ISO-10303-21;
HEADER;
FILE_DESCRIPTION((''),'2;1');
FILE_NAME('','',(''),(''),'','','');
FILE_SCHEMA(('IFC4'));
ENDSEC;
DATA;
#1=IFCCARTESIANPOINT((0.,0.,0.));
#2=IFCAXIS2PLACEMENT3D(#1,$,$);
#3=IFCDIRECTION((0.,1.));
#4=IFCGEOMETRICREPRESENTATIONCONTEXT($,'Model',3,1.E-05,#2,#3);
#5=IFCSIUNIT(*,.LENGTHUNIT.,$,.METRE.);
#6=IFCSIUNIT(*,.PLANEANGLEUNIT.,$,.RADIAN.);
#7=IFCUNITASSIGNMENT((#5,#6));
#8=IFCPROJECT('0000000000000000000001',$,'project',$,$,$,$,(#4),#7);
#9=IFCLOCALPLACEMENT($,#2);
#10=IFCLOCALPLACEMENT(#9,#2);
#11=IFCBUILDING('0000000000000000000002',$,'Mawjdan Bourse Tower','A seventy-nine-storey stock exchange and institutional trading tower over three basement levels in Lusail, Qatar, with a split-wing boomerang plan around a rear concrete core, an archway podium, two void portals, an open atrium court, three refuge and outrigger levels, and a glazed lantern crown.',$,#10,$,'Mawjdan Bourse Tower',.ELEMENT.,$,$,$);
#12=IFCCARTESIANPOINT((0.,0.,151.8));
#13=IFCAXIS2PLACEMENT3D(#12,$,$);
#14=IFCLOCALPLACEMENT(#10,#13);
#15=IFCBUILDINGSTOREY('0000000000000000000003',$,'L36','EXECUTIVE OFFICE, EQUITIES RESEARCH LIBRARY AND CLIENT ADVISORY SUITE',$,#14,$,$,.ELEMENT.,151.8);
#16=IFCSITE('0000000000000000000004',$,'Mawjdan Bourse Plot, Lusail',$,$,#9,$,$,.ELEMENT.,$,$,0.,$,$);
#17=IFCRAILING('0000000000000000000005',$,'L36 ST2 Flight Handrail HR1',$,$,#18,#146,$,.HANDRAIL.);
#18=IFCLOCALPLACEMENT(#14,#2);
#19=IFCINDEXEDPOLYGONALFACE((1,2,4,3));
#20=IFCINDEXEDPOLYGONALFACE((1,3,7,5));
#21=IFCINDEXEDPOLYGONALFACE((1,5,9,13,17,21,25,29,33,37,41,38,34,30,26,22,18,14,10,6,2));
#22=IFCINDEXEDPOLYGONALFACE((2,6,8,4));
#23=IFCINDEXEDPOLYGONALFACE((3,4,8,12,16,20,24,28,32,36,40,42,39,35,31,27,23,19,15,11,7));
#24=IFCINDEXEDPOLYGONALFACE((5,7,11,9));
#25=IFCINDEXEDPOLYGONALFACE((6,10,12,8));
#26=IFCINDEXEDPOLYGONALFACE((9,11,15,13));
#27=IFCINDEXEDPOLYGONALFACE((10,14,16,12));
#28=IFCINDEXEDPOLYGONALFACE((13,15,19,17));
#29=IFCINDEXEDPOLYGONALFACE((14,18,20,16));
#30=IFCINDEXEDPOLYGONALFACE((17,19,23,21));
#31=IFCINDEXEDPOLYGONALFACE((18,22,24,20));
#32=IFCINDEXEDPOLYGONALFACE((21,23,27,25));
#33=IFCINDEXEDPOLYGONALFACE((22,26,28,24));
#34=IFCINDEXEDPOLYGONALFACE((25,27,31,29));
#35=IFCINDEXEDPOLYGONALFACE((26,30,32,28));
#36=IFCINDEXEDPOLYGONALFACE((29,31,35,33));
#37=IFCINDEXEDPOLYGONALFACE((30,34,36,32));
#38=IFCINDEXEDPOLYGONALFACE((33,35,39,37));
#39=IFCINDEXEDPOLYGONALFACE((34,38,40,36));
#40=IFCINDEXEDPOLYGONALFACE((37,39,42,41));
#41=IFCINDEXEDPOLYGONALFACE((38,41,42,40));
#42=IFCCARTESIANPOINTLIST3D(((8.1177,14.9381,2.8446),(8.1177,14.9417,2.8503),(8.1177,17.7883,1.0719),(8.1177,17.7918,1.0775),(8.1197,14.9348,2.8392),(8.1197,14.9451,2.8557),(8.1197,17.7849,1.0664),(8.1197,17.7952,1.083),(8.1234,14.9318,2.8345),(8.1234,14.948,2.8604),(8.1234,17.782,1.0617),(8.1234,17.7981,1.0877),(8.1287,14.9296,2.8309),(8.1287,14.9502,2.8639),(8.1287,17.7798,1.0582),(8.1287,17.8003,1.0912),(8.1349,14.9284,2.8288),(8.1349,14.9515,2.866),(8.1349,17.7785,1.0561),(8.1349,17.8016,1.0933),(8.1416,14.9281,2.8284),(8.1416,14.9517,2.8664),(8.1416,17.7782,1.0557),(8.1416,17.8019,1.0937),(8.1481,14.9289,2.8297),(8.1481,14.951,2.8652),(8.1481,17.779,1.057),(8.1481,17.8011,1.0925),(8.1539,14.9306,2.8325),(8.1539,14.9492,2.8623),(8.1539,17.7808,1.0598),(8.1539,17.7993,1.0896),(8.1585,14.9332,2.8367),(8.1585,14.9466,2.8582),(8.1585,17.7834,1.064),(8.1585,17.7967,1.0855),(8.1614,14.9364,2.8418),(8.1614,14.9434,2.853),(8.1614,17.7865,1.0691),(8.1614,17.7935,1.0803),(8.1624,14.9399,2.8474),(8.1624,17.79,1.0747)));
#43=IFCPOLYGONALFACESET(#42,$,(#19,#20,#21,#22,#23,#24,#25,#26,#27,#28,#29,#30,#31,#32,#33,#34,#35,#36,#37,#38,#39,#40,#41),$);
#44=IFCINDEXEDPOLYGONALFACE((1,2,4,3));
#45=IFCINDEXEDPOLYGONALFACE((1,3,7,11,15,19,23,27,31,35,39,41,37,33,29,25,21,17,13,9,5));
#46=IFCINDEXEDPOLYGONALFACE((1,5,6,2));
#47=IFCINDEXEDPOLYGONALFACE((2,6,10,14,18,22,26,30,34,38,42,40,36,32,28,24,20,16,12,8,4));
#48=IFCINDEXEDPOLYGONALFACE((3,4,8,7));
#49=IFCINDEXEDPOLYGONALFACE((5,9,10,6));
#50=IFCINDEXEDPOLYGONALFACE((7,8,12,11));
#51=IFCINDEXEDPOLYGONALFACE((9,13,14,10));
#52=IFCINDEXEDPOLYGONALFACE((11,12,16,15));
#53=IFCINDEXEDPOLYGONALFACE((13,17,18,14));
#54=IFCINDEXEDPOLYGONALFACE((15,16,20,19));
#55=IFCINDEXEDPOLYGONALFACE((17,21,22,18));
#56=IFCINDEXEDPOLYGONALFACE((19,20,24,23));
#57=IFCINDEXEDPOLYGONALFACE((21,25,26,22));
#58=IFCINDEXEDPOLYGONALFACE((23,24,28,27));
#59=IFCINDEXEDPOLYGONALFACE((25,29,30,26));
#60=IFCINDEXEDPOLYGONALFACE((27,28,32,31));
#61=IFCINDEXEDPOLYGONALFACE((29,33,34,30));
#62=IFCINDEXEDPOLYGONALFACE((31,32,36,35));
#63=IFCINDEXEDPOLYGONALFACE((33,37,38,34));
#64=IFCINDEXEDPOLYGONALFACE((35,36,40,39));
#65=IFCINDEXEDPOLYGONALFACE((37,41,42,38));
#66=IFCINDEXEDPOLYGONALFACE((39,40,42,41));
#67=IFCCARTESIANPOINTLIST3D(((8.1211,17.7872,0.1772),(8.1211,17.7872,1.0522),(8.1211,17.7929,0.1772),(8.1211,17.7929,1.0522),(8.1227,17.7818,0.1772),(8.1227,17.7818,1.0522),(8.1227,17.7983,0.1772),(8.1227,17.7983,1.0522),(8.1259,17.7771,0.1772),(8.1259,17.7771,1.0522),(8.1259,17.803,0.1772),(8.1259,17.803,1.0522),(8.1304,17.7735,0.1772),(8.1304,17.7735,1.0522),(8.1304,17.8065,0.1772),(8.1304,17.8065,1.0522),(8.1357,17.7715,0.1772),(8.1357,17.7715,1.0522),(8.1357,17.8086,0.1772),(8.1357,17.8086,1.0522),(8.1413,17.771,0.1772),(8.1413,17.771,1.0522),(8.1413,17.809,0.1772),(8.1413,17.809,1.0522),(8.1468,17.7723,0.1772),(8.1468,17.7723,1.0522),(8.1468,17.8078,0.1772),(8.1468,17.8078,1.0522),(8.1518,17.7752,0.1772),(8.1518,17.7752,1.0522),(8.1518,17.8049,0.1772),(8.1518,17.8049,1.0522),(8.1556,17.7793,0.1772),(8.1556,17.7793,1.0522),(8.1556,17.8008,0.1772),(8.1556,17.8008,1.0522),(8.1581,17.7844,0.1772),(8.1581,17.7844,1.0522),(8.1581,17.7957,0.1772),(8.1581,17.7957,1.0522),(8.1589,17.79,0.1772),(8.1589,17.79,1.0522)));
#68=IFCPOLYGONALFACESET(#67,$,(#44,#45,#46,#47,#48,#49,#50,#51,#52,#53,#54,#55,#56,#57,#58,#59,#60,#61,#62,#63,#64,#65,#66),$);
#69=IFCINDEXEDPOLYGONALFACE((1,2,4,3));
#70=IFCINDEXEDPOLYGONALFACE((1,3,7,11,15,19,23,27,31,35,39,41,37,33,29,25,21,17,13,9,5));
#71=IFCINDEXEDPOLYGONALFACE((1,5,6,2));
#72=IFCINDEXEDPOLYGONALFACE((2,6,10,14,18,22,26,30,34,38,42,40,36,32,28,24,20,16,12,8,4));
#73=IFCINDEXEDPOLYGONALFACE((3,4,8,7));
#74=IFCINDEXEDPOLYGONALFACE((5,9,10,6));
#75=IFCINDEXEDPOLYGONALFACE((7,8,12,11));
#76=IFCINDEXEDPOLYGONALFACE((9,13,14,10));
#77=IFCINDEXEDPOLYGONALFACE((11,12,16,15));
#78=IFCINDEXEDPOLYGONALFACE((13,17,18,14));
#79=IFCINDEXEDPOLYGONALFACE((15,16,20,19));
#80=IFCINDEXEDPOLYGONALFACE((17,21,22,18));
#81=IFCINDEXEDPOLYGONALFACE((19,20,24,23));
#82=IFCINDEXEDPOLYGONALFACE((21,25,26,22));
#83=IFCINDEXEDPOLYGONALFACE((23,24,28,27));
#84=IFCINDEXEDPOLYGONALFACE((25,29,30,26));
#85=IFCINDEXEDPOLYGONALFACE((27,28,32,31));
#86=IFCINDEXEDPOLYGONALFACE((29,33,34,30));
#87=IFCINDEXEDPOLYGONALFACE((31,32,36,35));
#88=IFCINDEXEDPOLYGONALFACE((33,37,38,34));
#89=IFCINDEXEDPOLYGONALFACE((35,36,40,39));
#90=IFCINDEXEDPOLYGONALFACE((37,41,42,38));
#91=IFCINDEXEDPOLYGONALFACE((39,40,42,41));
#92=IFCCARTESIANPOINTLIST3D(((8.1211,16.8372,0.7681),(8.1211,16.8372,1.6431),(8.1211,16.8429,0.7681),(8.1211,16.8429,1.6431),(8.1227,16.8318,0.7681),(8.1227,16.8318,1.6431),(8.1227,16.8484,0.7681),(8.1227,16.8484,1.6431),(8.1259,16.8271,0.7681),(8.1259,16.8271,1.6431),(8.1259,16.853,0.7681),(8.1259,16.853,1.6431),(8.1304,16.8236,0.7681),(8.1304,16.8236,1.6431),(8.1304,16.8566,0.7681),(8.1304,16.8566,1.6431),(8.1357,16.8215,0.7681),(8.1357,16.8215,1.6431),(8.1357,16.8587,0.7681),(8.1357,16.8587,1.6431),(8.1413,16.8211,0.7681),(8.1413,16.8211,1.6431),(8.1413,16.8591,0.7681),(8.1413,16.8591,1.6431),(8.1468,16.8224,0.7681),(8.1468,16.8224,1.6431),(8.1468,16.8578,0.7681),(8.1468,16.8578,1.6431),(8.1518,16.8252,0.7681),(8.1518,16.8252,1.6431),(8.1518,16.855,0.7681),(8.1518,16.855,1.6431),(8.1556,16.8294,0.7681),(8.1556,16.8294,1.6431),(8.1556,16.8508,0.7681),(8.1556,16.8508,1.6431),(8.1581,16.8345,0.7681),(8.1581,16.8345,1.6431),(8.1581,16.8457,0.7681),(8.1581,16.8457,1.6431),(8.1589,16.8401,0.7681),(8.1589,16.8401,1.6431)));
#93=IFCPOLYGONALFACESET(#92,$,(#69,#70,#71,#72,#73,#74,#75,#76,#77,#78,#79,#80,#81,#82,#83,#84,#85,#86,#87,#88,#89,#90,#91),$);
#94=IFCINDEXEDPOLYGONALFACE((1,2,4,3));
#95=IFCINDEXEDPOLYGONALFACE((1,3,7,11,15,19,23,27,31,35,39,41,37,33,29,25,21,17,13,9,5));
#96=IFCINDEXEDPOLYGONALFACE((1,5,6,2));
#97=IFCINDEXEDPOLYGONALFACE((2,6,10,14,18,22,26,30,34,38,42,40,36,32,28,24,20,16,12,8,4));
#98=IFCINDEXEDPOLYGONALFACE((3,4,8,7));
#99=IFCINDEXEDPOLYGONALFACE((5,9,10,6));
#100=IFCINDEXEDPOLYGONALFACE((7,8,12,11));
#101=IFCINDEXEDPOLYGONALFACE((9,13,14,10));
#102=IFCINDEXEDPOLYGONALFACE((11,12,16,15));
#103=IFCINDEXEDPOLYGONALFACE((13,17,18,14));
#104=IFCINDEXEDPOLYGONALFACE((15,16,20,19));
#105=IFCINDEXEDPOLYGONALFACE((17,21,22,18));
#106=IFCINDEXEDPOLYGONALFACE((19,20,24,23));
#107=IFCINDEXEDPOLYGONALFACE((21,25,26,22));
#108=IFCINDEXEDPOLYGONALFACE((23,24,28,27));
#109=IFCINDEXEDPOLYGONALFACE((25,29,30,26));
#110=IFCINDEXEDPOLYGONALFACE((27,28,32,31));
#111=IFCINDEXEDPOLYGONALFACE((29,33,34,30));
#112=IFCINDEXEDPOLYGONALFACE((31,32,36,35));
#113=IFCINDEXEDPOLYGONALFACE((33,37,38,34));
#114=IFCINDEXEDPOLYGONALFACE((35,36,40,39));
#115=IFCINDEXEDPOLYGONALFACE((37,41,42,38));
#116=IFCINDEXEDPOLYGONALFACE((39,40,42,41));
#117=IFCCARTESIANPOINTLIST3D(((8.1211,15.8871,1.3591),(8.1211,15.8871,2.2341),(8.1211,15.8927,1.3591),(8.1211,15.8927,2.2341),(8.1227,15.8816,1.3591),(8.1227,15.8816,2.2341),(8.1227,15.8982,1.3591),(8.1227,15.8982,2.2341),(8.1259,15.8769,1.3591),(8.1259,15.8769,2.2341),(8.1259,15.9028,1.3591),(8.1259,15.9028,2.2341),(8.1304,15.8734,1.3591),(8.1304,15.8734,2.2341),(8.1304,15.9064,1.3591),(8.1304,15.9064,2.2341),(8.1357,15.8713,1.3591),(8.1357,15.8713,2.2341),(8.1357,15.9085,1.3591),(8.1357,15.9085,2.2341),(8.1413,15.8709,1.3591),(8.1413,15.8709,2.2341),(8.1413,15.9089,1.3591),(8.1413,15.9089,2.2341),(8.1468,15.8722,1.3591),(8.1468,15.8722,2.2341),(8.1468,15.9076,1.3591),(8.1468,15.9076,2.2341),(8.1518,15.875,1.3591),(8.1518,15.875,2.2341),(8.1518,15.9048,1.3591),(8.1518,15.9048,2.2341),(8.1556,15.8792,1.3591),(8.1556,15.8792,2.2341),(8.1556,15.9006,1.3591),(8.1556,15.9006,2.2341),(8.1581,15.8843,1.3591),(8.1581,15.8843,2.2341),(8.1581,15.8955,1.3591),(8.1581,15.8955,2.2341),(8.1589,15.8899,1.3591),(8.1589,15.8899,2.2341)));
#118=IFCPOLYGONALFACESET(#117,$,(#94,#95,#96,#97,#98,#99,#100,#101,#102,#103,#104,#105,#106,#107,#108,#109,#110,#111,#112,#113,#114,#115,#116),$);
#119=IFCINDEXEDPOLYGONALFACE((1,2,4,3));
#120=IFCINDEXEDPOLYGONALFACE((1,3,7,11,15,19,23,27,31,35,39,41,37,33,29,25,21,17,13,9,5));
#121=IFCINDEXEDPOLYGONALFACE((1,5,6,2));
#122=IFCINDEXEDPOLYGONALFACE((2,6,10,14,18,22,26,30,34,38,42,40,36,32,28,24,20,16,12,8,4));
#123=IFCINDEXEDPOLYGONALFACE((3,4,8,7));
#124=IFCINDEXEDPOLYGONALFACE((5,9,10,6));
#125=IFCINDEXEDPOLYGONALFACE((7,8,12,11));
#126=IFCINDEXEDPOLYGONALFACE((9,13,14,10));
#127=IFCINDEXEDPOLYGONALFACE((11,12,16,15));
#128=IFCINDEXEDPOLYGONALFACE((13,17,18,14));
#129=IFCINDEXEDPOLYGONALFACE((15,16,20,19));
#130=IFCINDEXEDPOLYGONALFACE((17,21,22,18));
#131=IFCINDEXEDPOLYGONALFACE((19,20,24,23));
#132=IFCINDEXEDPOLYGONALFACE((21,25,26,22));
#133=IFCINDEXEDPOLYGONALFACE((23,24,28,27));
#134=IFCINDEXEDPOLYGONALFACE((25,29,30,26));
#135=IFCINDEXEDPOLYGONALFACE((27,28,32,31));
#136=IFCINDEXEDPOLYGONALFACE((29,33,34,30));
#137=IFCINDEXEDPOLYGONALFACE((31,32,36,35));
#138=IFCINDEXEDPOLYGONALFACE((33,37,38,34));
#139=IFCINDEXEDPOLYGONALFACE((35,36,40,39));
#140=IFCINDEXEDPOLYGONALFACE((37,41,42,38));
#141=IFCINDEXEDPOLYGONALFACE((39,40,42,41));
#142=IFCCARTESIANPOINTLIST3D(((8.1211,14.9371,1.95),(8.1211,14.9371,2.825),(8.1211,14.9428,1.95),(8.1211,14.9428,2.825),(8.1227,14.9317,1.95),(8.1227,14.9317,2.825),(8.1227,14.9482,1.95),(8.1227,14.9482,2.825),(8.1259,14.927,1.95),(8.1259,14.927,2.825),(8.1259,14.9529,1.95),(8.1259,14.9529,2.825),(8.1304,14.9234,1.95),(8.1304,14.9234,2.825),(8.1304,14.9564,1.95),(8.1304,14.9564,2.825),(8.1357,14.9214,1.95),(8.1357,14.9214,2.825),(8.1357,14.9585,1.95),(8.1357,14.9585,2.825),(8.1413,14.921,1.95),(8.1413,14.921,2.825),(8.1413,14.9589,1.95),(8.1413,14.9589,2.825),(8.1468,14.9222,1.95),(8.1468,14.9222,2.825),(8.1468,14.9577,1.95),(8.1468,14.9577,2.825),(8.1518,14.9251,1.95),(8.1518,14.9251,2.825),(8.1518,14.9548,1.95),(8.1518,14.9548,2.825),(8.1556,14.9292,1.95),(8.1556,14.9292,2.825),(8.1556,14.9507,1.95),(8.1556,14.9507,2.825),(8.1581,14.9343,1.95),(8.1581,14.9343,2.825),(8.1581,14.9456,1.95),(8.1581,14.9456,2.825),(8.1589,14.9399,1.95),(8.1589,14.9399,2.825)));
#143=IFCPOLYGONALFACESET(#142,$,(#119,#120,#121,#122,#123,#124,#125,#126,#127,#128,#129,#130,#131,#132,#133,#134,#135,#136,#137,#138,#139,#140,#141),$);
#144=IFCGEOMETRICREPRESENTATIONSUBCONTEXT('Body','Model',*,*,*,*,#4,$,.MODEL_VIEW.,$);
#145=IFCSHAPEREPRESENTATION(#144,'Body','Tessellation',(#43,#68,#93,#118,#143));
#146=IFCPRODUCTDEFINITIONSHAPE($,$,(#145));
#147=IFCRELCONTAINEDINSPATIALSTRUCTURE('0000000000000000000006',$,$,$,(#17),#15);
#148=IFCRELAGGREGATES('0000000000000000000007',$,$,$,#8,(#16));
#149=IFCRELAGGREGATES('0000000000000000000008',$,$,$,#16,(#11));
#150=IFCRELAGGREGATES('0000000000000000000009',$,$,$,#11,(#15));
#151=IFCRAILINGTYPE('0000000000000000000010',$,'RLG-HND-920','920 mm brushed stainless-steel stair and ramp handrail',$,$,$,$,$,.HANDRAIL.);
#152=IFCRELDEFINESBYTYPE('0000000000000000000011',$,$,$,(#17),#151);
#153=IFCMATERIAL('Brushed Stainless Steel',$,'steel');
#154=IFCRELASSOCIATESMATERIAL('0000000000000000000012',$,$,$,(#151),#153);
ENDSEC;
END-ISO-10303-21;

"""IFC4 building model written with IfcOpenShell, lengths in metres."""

from ifc_helpers import new_model, si_unit, direction, frame, origin, origin_2d, place, context, subcontext, project, spatial, circle, extrude, material, type_object, element, save


model = new_model("IFC4")

# Units and contexts
model_context = context("Model", 3, precision=1e-05, world=origin(), true_north=direction((0.0, 1.0)))
body_context = subcontext(model_context, "Body", "Model", "MODEL_VIEW")
ifc_project = project(units=[si_unit("LENGTHUNIT", "METRE"), si_unit("PLANEANGLEUNIT", "RADIAN")], contexts=[model_context])

# Site, building, storey
site_placement = place(None, origin())
site = spatial("IfcSite", under=ifc_project, at=site_placement, Name="Mawjdan Bourse Plot, Lusail", CompositionType="ELEMENT", RefElevation=0.0)
building_placement = place(site_placement, origin())
building = spatial("IfcBuilding", under=site, at=building_placement, Name="Mawjdan Bourse Tower", Description="A seventy-nine-storey stock exchange and institutional trading tower over three basement levels in Lusail, Qatar, with a split-wing boomerang plan around a rear concrete core, an archway podium, two void portals, an open atrium court, three refuge and outrigger levels, and a glazed lantern crown.", LongName="Mawjdan Bourse Tower", CompositionType="ELEMENT")
storey_placement = place(building_placement, frame((0.0, 0.0, 151.8)))
storey = spatial("IfcBuildingStorey", under=building, at=storey_placement, Name="L36", Description="EXECUTIVE OFFICE, EQUITIES RESEARCH LIBRARY AND CLIENT ADVISORY SUITE", CompositionType="ELEMENT", Elevation=151.8)

# Railing
ifc_material_1 = material(Name="Brushed Stainless Steel", Category="steel")
railing_type_1 = type_object("IfcRailingType", Name="RLG-HND-920", Description="920 mm brushed stainless-steel stair and ramp handrail", PredefinedType="HANDRAIL", material=ifc_material_1)
for number, where, name in (
    (1, (8.1399, 17.79, 0.1772), "L36 ST2 Flight Handrail HR1"),
):
    element("IfcRailing", number, at=place(storey_placement, frame(where)), inside=storey, type_object=railing_type_1, Name=name, PredefinedType="HANDRAIL", context=body_context, shape_type="SweptSolid", body=[
        extrude(circle(Radius=0.0225, at=origin_2d()), frame((0.0, 0.0, 0.8975), z_axis=(0.0, -0.849149, 0.528154), x_axis=(1.0, 0.0, 0.0)), (0.0, 0.0, 1.0), 3.3564),
        extrude(circle(Radius=0.019, at=origin_2d()), origin(), (0.0, 0.0, 1.0), 0.875),
        extrude(circle(Radius=0.019, at=origin_2d()), frame((0.0, -0.95, 0.5908)), (0.0, 0.0, 1.0), 0.875),
        extrude(circle(Radius=0.019, at=origin_2d()), frame((0.0, -1.9001, 1.1819)), (0.0, 0.0, 1.0), 0.875),
        extrude(circle(Radius=0.019, at=origin_2d()), frame((0.0, -2.8501, 1.7727)), (0.0, 0.0, 1.0), 0.875),
    ])

save(model, "model.ifc")
